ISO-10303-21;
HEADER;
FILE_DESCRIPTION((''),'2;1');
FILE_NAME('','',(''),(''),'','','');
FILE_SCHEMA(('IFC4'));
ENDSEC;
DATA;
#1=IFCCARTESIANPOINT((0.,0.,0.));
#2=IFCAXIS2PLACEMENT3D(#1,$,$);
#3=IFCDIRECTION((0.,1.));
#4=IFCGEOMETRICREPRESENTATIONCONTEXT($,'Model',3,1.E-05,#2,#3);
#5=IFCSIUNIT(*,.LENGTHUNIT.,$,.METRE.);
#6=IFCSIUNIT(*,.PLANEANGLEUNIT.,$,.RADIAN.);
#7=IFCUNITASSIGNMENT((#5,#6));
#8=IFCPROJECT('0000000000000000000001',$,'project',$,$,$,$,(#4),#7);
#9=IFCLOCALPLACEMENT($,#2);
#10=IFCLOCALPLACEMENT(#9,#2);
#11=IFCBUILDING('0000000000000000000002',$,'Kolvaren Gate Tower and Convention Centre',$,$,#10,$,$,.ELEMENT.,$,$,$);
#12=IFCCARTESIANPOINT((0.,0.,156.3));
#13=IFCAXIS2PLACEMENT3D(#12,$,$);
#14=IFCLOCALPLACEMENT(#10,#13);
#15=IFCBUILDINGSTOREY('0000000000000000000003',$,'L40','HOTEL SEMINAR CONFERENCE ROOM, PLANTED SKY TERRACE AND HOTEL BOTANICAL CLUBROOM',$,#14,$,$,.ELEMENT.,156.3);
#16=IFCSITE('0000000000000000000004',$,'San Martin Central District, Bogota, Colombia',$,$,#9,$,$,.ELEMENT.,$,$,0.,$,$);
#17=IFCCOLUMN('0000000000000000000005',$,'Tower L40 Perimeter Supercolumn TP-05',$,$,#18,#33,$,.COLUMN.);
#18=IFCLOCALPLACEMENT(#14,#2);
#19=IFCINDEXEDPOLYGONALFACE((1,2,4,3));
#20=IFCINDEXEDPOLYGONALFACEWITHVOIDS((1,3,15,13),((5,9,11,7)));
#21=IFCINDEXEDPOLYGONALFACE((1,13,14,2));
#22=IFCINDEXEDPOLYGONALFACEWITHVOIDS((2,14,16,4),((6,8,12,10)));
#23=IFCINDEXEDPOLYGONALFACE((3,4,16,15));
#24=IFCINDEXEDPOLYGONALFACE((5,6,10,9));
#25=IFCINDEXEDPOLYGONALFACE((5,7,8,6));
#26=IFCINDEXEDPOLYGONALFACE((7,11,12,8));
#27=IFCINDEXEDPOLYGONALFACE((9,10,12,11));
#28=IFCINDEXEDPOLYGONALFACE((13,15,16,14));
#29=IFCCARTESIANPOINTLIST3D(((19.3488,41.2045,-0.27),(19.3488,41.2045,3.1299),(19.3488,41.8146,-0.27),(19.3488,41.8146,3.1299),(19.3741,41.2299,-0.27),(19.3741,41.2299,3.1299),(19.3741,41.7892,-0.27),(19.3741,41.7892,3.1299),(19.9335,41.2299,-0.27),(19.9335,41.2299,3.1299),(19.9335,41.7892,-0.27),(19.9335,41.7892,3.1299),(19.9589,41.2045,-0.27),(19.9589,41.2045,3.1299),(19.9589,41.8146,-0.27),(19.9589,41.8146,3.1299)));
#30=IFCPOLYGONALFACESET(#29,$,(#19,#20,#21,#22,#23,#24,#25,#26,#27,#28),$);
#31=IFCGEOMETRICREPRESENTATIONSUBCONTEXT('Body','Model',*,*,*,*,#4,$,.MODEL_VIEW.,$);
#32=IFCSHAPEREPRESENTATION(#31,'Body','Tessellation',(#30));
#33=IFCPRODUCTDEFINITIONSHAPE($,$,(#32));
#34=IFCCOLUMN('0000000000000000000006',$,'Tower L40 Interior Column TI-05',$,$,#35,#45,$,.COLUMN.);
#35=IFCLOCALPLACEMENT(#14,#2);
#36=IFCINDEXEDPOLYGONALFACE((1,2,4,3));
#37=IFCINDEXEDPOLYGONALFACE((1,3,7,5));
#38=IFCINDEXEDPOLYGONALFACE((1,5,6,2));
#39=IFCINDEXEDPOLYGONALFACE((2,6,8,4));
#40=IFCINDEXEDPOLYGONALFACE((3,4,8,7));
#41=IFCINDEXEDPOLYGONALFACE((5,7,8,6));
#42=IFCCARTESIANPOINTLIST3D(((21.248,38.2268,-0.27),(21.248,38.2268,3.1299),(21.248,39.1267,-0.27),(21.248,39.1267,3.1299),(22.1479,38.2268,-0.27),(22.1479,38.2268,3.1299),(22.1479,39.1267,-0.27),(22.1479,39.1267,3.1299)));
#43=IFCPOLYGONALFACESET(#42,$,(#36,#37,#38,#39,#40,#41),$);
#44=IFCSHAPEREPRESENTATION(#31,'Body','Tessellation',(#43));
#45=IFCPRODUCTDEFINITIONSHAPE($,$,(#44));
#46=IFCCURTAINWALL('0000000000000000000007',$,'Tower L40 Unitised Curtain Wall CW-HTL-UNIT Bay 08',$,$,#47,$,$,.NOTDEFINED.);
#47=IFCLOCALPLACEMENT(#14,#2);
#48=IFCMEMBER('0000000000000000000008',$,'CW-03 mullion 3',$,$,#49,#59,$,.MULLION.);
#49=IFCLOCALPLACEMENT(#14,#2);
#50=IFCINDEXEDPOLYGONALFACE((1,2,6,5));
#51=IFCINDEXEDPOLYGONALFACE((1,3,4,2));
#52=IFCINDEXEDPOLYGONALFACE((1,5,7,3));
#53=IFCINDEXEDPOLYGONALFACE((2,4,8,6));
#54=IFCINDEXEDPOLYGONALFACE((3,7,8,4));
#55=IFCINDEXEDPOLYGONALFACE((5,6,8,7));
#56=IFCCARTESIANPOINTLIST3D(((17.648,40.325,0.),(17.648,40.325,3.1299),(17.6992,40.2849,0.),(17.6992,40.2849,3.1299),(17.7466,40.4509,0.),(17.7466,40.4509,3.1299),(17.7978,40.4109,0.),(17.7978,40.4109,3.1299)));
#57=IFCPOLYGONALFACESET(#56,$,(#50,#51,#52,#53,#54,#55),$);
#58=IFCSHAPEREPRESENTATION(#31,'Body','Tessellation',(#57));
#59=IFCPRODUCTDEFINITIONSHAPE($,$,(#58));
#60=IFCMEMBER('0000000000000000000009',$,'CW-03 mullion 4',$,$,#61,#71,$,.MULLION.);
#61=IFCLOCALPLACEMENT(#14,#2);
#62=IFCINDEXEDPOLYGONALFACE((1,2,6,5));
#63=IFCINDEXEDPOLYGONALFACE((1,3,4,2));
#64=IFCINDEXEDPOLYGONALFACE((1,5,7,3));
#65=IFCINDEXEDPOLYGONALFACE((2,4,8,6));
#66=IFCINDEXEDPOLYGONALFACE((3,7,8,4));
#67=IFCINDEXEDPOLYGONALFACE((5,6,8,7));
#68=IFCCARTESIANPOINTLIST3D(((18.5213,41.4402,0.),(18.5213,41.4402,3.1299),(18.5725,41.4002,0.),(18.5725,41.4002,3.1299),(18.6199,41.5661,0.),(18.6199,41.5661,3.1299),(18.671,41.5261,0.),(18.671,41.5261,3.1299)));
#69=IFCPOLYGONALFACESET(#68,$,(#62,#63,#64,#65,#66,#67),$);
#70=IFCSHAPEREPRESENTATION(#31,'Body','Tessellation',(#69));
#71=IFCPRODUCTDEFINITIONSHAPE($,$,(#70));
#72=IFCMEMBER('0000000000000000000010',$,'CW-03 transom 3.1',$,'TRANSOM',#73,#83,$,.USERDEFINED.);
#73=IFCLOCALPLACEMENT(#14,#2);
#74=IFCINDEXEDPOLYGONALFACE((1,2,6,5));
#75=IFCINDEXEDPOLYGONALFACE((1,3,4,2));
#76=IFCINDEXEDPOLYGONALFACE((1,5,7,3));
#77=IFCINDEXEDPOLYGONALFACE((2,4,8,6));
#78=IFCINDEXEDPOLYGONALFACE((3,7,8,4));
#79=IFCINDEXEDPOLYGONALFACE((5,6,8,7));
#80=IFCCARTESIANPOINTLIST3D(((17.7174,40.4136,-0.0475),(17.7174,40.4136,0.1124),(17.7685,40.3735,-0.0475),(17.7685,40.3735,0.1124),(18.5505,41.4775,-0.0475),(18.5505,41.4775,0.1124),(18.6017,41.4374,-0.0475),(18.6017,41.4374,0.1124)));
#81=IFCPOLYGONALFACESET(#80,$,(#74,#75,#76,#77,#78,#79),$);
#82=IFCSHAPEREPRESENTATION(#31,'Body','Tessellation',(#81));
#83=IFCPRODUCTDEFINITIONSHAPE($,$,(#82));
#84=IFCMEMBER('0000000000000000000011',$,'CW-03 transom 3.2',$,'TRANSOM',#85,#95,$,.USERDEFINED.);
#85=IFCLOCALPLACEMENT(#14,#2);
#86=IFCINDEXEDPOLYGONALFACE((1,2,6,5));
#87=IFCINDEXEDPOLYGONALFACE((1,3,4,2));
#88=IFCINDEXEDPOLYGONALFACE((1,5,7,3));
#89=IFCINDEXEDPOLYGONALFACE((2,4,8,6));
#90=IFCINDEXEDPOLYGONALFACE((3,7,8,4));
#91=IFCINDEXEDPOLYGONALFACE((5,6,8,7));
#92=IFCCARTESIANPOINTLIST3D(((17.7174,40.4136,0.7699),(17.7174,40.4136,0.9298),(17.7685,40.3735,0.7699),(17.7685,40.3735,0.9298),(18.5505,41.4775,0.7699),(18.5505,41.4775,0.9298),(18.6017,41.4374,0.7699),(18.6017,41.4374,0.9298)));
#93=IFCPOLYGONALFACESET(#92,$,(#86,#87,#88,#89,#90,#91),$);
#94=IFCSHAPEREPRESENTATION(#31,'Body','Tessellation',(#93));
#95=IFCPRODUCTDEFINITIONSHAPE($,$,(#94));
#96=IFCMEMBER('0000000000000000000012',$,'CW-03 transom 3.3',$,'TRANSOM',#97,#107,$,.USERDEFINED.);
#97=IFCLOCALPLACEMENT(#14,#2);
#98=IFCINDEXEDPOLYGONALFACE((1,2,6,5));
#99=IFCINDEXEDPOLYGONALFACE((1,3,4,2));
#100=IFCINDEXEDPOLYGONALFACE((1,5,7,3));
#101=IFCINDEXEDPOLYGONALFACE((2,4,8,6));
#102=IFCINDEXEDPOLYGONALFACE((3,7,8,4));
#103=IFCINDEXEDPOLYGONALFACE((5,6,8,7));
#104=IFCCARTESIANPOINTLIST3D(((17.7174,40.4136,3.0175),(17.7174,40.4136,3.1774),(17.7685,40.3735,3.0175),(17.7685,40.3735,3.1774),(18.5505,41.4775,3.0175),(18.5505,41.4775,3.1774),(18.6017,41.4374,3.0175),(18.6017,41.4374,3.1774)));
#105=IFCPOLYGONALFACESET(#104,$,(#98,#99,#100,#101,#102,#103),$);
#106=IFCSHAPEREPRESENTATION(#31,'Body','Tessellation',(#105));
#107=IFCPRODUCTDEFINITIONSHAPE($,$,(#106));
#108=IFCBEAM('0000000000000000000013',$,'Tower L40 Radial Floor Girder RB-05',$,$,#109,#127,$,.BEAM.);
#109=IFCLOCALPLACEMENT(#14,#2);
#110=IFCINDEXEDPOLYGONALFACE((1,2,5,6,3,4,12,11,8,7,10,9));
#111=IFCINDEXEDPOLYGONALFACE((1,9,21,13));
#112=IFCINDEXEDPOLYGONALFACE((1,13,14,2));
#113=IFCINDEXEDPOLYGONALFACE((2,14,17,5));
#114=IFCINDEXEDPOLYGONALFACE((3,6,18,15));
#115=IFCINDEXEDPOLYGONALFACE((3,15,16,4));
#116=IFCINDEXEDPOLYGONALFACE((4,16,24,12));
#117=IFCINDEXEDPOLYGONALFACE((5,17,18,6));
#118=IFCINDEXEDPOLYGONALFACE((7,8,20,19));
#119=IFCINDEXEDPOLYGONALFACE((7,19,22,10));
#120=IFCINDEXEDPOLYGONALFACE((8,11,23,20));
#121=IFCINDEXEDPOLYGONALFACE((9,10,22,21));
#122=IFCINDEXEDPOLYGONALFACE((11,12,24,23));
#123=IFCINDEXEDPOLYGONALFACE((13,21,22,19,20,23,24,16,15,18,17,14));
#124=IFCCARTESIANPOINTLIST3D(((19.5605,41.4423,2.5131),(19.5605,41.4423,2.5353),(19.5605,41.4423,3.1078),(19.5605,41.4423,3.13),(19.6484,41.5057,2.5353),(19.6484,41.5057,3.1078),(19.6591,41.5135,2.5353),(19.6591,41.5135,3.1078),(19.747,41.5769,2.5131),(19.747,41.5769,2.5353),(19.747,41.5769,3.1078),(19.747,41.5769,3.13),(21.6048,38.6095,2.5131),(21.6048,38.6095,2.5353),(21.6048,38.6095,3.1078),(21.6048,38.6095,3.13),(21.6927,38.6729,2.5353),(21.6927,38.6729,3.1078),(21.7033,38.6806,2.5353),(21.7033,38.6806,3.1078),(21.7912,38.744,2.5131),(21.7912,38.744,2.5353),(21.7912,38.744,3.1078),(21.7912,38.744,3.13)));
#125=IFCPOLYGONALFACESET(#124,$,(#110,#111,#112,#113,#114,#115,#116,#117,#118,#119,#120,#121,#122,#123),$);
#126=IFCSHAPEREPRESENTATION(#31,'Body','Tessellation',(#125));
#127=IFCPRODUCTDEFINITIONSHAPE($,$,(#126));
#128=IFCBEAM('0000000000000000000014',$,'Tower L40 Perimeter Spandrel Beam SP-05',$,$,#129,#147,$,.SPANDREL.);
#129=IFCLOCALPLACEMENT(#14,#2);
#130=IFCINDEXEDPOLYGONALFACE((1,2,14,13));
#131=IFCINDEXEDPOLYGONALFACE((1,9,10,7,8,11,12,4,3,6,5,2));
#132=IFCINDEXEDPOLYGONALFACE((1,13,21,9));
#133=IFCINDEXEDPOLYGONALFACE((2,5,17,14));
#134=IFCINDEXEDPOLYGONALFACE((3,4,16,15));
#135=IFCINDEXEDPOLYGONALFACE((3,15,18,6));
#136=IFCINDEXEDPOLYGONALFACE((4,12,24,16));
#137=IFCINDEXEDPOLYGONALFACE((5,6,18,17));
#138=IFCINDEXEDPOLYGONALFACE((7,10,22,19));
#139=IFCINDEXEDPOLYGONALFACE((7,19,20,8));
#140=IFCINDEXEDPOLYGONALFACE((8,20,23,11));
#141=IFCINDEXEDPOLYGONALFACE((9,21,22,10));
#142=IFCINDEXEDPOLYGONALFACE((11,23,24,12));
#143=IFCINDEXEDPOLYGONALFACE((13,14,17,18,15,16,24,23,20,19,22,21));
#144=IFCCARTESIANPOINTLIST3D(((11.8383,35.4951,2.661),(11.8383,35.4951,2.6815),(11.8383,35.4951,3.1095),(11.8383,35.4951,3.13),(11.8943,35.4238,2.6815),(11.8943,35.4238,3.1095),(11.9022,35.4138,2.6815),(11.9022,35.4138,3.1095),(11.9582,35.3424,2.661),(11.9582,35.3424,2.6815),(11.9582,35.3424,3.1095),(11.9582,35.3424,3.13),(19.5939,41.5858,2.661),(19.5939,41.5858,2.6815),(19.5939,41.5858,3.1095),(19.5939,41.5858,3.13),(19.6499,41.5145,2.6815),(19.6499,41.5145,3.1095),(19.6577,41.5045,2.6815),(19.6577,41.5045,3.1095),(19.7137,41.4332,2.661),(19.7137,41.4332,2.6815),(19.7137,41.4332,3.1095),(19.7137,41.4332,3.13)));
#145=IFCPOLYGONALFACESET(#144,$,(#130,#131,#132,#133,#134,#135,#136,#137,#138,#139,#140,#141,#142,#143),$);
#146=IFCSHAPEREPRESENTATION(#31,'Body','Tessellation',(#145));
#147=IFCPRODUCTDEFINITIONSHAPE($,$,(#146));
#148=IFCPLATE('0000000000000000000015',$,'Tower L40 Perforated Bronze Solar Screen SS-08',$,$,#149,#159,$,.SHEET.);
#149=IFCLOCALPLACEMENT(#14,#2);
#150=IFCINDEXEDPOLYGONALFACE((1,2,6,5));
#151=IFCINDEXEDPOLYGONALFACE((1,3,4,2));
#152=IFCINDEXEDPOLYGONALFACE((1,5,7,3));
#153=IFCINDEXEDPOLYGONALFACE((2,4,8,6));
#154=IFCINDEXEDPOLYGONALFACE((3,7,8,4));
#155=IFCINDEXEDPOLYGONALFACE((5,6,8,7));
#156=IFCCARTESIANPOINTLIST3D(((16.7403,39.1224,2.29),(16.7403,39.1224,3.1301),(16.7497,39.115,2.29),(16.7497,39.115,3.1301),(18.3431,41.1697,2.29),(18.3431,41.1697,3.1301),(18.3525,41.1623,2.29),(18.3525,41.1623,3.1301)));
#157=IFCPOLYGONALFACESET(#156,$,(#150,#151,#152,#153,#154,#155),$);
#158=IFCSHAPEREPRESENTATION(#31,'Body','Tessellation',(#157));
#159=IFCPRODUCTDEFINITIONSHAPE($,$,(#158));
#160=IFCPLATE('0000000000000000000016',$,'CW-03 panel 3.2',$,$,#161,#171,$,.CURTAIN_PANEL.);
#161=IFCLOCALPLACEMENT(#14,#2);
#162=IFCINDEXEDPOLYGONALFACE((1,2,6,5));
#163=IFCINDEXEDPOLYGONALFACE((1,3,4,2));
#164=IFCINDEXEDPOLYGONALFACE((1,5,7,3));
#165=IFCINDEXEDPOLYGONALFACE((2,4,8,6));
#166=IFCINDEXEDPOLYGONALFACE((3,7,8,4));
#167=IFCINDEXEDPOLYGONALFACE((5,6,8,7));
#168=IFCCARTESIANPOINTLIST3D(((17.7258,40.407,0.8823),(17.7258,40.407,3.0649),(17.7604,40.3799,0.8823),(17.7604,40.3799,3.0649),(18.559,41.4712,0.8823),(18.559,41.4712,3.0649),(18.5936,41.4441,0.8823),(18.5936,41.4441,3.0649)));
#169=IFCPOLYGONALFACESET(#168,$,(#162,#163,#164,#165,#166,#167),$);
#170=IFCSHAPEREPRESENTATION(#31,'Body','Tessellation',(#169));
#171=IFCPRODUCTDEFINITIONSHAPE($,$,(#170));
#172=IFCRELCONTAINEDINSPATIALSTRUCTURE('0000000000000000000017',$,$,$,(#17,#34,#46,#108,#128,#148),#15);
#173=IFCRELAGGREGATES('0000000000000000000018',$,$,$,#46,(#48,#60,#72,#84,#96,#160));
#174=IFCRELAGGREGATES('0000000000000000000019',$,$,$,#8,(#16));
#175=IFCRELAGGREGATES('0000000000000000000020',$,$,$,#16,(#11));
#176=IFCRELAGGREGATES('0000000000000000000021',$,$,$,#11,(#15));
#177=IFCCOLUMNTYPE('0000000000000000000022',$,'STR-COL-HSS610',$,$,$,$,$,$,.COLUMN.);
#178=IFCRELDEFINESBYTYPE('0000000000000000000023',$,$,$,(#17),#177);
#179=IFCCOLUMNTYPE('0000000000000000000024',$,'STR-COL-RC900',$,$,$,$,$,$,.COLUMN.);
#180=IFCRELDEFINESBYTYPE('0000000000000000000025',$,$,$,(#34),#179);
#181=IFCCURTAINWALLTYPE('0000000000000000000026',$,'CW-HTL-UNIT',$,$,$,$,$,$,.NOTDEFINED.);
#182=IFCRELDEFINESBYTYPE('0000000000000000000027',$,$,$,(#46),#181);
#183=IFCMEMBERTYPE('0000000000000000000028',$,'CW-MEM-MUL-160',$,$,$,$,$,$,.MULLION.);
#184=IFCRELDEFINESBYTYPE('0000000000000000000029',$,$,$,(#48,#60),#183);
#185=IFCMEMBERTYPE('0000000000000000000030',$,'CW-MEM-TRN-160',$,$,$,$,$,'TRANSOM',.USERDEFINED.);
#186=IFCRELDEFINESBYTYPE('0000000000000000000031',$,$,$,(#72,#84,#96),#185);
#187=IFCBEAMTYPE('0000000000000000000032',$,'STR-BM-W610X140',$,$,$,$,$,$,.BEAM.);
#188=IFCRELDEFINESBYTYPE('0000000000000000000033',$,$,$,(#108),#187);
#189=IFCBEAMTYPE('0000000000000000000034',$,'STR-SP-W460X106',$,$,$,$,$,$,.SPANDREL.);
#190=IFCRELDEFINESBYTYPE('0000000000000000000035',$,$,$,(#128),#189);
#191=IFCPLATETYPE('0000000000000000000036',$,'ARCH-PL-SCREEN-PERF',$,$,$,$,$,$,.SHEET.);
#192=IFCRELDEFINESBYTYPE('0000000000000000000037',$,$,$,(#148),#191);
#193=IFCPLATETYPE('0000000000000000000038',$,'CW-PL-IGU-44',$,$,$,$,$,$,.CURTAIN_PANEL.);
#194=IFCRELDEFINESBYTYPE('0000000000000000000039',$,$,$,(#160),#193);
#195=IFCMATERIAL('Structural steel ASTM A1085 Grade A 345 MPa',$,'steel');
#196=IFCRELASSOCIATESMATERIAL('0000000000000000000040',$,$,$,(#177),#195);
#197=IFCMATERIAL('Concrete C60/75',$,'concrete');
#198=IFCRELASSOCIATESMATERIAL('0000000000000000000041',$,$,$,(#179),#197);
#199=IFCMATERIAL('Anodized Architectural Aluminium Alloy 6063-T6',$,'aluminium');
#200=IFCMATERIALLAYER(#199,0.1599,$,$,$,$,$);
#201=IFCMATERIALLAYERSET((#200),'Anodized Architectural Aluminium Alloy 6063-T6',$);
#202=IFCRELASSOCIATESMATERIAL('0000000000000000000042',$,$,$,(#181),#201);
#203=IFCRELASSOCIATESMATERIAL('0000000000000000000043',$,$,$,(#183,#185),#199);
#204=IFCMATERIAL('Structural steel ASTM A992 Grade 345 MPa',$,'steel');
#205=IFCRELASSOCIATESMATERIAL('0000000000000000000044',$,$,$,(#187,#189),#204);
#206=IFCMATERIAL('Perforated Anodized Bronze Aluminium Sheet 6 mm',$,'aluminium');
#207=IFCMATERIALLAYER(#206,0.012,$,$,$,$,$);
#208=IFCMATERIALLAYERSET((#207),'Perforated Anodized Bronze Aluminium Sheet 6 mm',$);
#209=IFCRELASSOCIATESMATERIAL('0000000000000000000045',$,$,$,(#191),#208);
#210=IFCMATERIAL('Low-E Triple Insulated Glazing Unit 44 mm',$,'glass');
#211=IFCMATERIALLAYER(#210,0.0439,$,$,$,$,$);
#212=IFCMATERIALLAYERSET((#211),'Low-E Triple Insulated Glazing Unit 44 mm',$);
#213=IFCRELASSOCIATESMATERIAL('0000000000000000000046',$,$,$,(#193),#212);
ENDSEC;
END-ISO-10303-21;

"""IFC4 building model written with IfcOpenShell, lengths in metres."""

from ifc_helpers import new_model, si_unit, direction, frame, origin, origin_2d, place, context, subcontext, project, spatial, rectangle, hollow_rectangle, i_section, extrude, material, layer, layer_set, material_profile, profile_set, type_object, element, aggregate, save


model = new_model("IFC4")

# Units and contexts
model_context = context("Model", 3, precision=1e-05, world=origin(), true_north=direction((0.0, 1.0)))
body_context = subcontext(model_context, "Body", "Model", "MODEL_VIEW")
ifc_project = project(units=[si_unit("LENGTHUNIT", "METRE"), si_unit("PLANEANGLEUNIT", "RADIAN")], contexts=[model_context])

# Site, building, storey
site_placement = place(None, origin())
site = spatial("IfcSite", under=ifc_project, at=site_placement, Name="San Martin Central District, Bogota, Colombia", CompositionType="ELEMENT", RefElevation=0.0)
building_placement = place(site_placement, origin())
building = spatial("IfcBuilding", under=site, at=building_placement, Name="Kolvaren Gate Tower and Convention Centre", CompositionType="ELEMENT")
storey_placement = place(building_placement, frame((0.0, 0.0, 156.3)))
storey = spatial("IfcBuildingStorey", under=building, at=storey_placement, Name="L40", Description="HOTEL SEMINAR CONFERENCE ROOM, PLANTED SKY TERRACE AND HOTEL BOTANICAL CLUBROOM", CompositionType="ELEMENT", Elevation=156.3)

# Columns
ifc_material_1 = material(Name="Structural steel ASTM A1085 Grade A 345 MPa", Category="steel")
ifc_material_profile_1 = material_profile(ifc_material_1, hollow_rectangle(XDim=0.6101, YDim=0.6101, WallThickness=0.0254, at=origin_2d()), Name="HSS610X610X25.4")
ifc_profile_set_1 = profile_set([ifc_material_profile_1], Name="Structural steel ASTM A1085 Grade A 345 MPa")
column_type_1 = type_object("IfcColumnType", Name="STR-COL-HSS610", PredefinedType="COLUMN", material=ifc_profile_set_1)
column_1_placement = place(storey_placement, frame((19.6538, 41.5095, -0.27), z_axis=(0.0, 0.0, 1.0), x_axis=(1.0, 0.0, 0.0)))
element("IfcColumn", 1, at=column_1_placement, inside=storey, type_object=column_type_1, Name="Tower L40 Perimeter Supercolumn TP-05", PredefinedType="COLUMN", context=body_context, shape_type="SweptSolid", body=[
    extrude(hollow_rectangle(XDim=0.6101, YDim=0.6101, WallThickness=0.0254, at=origin_2d()), origin(), (0.0, 0.0, 1.0), 3.3999),
])
ifc_material_2 = material(Name="Concrete C60/75", Category="concrete")
ifc_material_profile_2 = material_profile(ifc_material_2, rectangle(XDim=0.8999, YDim=0.8999, at=origin_2d()), Name="RC-COL-900X900")
ifc_profile_set_2 = profile_set([ifc_material_profile_2], Name="Concrete C60/75")
column_type_2 = type_object("IfcColumnType", Name="STR-COL-RC900", PredefinedType="COLUMN", material=ifc_profile_set_2)
column_2_placement = place(storey_placement, frame((21.698, 38.6768, -0.27), z_axis=(0.0, 0.0, 1.0), x_axis=(1.0, 0.0, 0.0)))
element("IfcColumn", 2, at=column_2_placement, inside=storey, type_object=column_type_2, Name="Tower L40 Interior Column TI-05", PredefinedType="COLUMN", context=body_context, shape_type="SweptSolid", body=[
    extrude(rectangle(XDim=0.8999, YDim=0.8999, at=origin_2d()), origin(), (0.0, 0.0, 1.0), 3.3999),
])

# Curtain wall, members
ifc_material_3 = material(Name="Anodized Architectural Aluminium Alloy 6063-T6", Category="aluminium")
ifc_layer_1 = layer(ifc_material_3, 0.1599)
ifc_layer_set_1 = layer_set([ifc_layer_1], Name="Anodized Architectural Aluminium Alloy 6063-T6")
curtain_wall_type = type_object("IfcCurtainWallType", Name="CW-HTL-UNIT", PredefinedType="NOTDEFINED", material=ifc_layer_set_1)
curtain_wall_placement = place(storey_placement, origin())
curtain_wall = element("IfcCurtainWall", 3, at=curtain_wall_placement, inside=storey, type_object=curtain_wall_type, Name="Tower L40 Unitised Curtain Wall CW-HTL-UNIT Bay 08", PredefinedType="NOTDEFINED")
ifc_material_profile_3 = material_profile(ifc_material_3, rectangle(XDim=0.0649, YDim=0.1599, at=origin_2d()), Name="CW-MEM-MUL-160")
ifc_profile_set_3 = profile_set([ifc_material_profile_3], Name="Anodized Architectural Aluminium Alloy 6063-T6")
member_type_1 = type_object("IfcMemberType", Name="CW-MEM-MUL-160", PredefinedType="MULLION", material=ifc_profile_set_3)
member_1_placement = place(storey_placement, frame((17.7229, 40.3679, 0.0), z_axis=(0.0, 0.0, 1.0), x_axis=(-0.787395, 0.616449, 0.0)))
member_1 = element("IfcMember", 4, at=member_1_placement, type_object=member_type_1, Name="CW-03 mullion 3", PredefinedType="MULLION", context=body_context, shape_type="SweptSolid", body=[
    extrude(rectangle(XDim=0.0649, YDim=0.1599, at=origin_2d()), origin(), (0.0, 0.0, 1.0), 3.1299),
])
member_2_placement = place(storey_placement, frame((18.5962, 41.4832, 0.0), z_axis=(0.0, 0.0, 1.0), x_axis=(-0.787395, 0.616449, 0.0)))
member_2 = element("IfcMember", 5, at=member_2_placement, type_object=member_type_1, Name="CW-03 mullion 4", PredefinedType="MULLION", context=body_context, shape_type="SweptSolid", body=[
    extrude(rectangle(XDim=0.0649, YDim=0.1599, at=origin_2d()), origin(), (0.0, 0.0, 1.0), 3.1299),
])
ifc_material_profile_4 = material_profile(ifc_material_3, rectangle(XDim=0.0649, YDim=0.1599, at=origin_2d()), Name="CW-MEM-TRN-160")
ifc_profile_set_4 = profile_set([ifc_material_profile_4], Name="Anodized Architectural Aluminium Alloy 6063-T6")
member_type_2 = type_object("IfcMemberType", Name="CW-MEM-TRN-160", ElementType="TRANSOM", PredefinedType="USERDEFINED", material=ifc_profile_set_4)
member_3_placement = place(storey_placement, frame((17.7429, 40.3936, 0.0325), z_axis=(0.616576, 0.787295, 0.0), x_axis=(-0.787295, 0.616576, 0.0)))
member_3 = element("IfcMember", 6, at=member_3_placement, type_object=member_type_2, Name="CW-03 transom 3.1", ObjectType="TRANSOM", PredefinedType="USERDEFINED", context=body_context, shape_type="SweptSolid", body=[
    extrude(rectangle(XDim=0.0649, YDim=0.1599, at=origin_2d()), origin(), (0.0, 0.0, 1.0), 1.3513),
])
member_4_placement = place(storey_placement, frame((17.7429, 40.3936, 0.8499), z_axis=(0.616576, 0.787295, 0.0), x_axis=(-0.787295, 0.616576, 0.0)))
member_4 = element("IfcMember", 7, at=member_4_placement, type_object=member_type_2, Name="CW-03 transom 3.2", ObjectType="TRANSOM", PredefinedType="USERDEFINED", context=body_context, shape_type="SweptSolid", body=[
    extrude(rectangle(XDim=0.0649, YDim=0.1599, at=origin_2d()), origin(), (0.0, 0.0, 1.0), 1.3513),
])
member_5_placement = place(storey_placement, frame((17.7429, 40.3936, 3.0974), z_axis=(0.616576, 0.787295, 0.0), x_axis=(-0.787295, 0.616576, 0.0)))
member_5 = element("IfcMember", 8, at=member_5_placement, type_object=member_type_2, Name="CW-03 transom 3.3", ObjectType="TRANSOM", PredefinedType="USERDEFINED", context=body_context, shape_type="SweptSolid", body=[
    extrude(rectangle(XDim=0.0649, YDim=0.1599, at=origin_2d()), origin(), (0.0, 0.0, 1.0), 1.3513),
])

# Beams
ifc_material_4 = material(Name="Structural steel ASTM A992 Grade 345 MPa", Category="steel")
ifc_material_profile_5 = material_profile(ifc_material_4, i_section(OverallWidth=0.23, OverallDepth=0.6169, WebThickness=0.0132, FlangeThickness=0.0222, at=origin_2d()), Name="W610X140")
ifc_profile_set_5 = profile_set([ifc_material_profile_5], Name="Structural steel ASTM A992 Grade 345 MPa")
beam_type_1 = type_object("IfcBeamType", Name="STR-BM-W610X140", PredefinedType="BEAM", material=ifc_profile_set_5)
beam_1_placement = place(storey_placement, frame((21.698, 38.6768, 2.8215), z_axis=(-0.585172, 0.81091, 0.0), x_axis=(-0.81091, -0.585172, 0.0)))
element("IfcBeam", 9, at=beam_1_placement, inside=storey, type_object=beam_type_1, Name="Tower L40 Radial Floor Girder RB-05", PredefinedType="BEAM", context=body_context, shape_type="SweptSolid", body=[
    extrude(i_section(OverallWidth=0.23, OverallDepth=0.6169, WebThickness=0.0132, FlangeThickness=0.0222, at=origin_2d()), origin(), (0.0, 0.0, 1.0), 3.4934),
])
ifc_material_profile_6 = material_profile(ifc_material_4, i_section(OverallWidth=0.1941, OverallDepth=0.469, WebThickness=0.0127, FlangeThickness=0.0205, at=origin_2d()), Name="W460X106")
ifc_profile_set_6 = profile_set([ifc_material_profile_6], Name="Structural steel ASTM A992 Grade 345 MPa")
beam_type_2 = type_object("IfcBeamType", Name="STR-SP-W460X106", PredefinedType="SPANDREL", material=ifc_profile_set_6)
beam_2_placement = place(storey_placement, frame((19.6538, 41.5095, 2.8955), z_axis=(-0.78646, -0.617641, 0.0), x_axis=(0.617641, -0.78646, 0.0)))
element("IfcBeam", 10, at=beam_2_placement, inside=storey, type_object=beam_type_2, Name="Tower L40 Perimeter Spandrel Beam SP-05", PredefinedType="SPANDREL", context=body_context, shape_type="SweptSolid", body=[
    extrude(i_section(OverallWidth=0.1941, OverallDepth=0.469, WebThickness=0.0127, FlangeThickness=0.0205, at=origin_2d()), origin(), (0.0, 0.0, 1.0), 9.8613),
])

# Plates
ifc_material_5 = material(Name="Perforated Anodized Bronze Aluminium Sheet 6 mm", Category="aluminium")
ifc_layer_2 = layer(ifc_material_5, 0.012)
ifc_layer_set_2 = layer_set([ifc_layer_2], Name="Perforated Anodized Bronze Aluminium Sheet 6 mm")
plate_type_1 = type_object("IfcPlateType", Name="ARCH-PL-SCREEN-PERF", PredefinedType="SHEET", material=ifc_layer_set_2)
plate_1_placement = place(storey_placement, frame((17.5464, 40.1423, 2.29), z_axis=(0.0, 0.0, 1.0), x_axis=(0.616446, 0.787397, 0.0)))
element("IfcPlate", 11, at=plate_1_placement, inside=storey, type_object=plate_type_1, Name="Tower L40 Perforated Bronze Solar Screen SS-08", PredefinedType="SHEET", context=body_context, shape_type="SweptSolid", body=[
    extrude(rectangle(XDim=2.6001, YDim=0.012, at=origin_2d()), origin(), (0.0, 0.0, 1.0), 0.8401),
])
ifc_material_6 = material(Name="Low-E Triple Insulated Glazing Unit 44 mm", Category="glass")
ifc_layer_3 = layer(ifc_material_6, 0.0439)
ifc_layer_set_3 = layer_set([ifc_layer_3], Name="Low-E Triple Insulated Glazing Unit 44 mm")
plate_type_2 = type_object("IfcPlateType", Name="CW-PL-IGU-44", PredefinedType="CURTAIN_PANEL", material=ifc_layer_set_3)
plate_2_placement = place(storey_placement, frame((18.1597, 40.9255, 0.8823), z_axis=(0.0, 0.0, 1.0), x_axis=(0.616449, 0.787395, 0.0)))
plate_2 = element("IfcPlate", 12, at=plate_2_placement, type_object=plate_type_2, Name="CW-03 panel 3.2", PredefinedType="CURTAIN_PANEL", context=body_context, shape_type="SweptSolid", body=[
    extrude(rectangle(XDim=1.3516, YDim=0.0439, at=origin_2d()), origin(), (0.0, 0.0, 1.0), 2.1826),
])
aggregate(curtain_wall, [member_1, member_2, member_3, member_4, member_5, plate_2])

save(model, "model.ifc")
